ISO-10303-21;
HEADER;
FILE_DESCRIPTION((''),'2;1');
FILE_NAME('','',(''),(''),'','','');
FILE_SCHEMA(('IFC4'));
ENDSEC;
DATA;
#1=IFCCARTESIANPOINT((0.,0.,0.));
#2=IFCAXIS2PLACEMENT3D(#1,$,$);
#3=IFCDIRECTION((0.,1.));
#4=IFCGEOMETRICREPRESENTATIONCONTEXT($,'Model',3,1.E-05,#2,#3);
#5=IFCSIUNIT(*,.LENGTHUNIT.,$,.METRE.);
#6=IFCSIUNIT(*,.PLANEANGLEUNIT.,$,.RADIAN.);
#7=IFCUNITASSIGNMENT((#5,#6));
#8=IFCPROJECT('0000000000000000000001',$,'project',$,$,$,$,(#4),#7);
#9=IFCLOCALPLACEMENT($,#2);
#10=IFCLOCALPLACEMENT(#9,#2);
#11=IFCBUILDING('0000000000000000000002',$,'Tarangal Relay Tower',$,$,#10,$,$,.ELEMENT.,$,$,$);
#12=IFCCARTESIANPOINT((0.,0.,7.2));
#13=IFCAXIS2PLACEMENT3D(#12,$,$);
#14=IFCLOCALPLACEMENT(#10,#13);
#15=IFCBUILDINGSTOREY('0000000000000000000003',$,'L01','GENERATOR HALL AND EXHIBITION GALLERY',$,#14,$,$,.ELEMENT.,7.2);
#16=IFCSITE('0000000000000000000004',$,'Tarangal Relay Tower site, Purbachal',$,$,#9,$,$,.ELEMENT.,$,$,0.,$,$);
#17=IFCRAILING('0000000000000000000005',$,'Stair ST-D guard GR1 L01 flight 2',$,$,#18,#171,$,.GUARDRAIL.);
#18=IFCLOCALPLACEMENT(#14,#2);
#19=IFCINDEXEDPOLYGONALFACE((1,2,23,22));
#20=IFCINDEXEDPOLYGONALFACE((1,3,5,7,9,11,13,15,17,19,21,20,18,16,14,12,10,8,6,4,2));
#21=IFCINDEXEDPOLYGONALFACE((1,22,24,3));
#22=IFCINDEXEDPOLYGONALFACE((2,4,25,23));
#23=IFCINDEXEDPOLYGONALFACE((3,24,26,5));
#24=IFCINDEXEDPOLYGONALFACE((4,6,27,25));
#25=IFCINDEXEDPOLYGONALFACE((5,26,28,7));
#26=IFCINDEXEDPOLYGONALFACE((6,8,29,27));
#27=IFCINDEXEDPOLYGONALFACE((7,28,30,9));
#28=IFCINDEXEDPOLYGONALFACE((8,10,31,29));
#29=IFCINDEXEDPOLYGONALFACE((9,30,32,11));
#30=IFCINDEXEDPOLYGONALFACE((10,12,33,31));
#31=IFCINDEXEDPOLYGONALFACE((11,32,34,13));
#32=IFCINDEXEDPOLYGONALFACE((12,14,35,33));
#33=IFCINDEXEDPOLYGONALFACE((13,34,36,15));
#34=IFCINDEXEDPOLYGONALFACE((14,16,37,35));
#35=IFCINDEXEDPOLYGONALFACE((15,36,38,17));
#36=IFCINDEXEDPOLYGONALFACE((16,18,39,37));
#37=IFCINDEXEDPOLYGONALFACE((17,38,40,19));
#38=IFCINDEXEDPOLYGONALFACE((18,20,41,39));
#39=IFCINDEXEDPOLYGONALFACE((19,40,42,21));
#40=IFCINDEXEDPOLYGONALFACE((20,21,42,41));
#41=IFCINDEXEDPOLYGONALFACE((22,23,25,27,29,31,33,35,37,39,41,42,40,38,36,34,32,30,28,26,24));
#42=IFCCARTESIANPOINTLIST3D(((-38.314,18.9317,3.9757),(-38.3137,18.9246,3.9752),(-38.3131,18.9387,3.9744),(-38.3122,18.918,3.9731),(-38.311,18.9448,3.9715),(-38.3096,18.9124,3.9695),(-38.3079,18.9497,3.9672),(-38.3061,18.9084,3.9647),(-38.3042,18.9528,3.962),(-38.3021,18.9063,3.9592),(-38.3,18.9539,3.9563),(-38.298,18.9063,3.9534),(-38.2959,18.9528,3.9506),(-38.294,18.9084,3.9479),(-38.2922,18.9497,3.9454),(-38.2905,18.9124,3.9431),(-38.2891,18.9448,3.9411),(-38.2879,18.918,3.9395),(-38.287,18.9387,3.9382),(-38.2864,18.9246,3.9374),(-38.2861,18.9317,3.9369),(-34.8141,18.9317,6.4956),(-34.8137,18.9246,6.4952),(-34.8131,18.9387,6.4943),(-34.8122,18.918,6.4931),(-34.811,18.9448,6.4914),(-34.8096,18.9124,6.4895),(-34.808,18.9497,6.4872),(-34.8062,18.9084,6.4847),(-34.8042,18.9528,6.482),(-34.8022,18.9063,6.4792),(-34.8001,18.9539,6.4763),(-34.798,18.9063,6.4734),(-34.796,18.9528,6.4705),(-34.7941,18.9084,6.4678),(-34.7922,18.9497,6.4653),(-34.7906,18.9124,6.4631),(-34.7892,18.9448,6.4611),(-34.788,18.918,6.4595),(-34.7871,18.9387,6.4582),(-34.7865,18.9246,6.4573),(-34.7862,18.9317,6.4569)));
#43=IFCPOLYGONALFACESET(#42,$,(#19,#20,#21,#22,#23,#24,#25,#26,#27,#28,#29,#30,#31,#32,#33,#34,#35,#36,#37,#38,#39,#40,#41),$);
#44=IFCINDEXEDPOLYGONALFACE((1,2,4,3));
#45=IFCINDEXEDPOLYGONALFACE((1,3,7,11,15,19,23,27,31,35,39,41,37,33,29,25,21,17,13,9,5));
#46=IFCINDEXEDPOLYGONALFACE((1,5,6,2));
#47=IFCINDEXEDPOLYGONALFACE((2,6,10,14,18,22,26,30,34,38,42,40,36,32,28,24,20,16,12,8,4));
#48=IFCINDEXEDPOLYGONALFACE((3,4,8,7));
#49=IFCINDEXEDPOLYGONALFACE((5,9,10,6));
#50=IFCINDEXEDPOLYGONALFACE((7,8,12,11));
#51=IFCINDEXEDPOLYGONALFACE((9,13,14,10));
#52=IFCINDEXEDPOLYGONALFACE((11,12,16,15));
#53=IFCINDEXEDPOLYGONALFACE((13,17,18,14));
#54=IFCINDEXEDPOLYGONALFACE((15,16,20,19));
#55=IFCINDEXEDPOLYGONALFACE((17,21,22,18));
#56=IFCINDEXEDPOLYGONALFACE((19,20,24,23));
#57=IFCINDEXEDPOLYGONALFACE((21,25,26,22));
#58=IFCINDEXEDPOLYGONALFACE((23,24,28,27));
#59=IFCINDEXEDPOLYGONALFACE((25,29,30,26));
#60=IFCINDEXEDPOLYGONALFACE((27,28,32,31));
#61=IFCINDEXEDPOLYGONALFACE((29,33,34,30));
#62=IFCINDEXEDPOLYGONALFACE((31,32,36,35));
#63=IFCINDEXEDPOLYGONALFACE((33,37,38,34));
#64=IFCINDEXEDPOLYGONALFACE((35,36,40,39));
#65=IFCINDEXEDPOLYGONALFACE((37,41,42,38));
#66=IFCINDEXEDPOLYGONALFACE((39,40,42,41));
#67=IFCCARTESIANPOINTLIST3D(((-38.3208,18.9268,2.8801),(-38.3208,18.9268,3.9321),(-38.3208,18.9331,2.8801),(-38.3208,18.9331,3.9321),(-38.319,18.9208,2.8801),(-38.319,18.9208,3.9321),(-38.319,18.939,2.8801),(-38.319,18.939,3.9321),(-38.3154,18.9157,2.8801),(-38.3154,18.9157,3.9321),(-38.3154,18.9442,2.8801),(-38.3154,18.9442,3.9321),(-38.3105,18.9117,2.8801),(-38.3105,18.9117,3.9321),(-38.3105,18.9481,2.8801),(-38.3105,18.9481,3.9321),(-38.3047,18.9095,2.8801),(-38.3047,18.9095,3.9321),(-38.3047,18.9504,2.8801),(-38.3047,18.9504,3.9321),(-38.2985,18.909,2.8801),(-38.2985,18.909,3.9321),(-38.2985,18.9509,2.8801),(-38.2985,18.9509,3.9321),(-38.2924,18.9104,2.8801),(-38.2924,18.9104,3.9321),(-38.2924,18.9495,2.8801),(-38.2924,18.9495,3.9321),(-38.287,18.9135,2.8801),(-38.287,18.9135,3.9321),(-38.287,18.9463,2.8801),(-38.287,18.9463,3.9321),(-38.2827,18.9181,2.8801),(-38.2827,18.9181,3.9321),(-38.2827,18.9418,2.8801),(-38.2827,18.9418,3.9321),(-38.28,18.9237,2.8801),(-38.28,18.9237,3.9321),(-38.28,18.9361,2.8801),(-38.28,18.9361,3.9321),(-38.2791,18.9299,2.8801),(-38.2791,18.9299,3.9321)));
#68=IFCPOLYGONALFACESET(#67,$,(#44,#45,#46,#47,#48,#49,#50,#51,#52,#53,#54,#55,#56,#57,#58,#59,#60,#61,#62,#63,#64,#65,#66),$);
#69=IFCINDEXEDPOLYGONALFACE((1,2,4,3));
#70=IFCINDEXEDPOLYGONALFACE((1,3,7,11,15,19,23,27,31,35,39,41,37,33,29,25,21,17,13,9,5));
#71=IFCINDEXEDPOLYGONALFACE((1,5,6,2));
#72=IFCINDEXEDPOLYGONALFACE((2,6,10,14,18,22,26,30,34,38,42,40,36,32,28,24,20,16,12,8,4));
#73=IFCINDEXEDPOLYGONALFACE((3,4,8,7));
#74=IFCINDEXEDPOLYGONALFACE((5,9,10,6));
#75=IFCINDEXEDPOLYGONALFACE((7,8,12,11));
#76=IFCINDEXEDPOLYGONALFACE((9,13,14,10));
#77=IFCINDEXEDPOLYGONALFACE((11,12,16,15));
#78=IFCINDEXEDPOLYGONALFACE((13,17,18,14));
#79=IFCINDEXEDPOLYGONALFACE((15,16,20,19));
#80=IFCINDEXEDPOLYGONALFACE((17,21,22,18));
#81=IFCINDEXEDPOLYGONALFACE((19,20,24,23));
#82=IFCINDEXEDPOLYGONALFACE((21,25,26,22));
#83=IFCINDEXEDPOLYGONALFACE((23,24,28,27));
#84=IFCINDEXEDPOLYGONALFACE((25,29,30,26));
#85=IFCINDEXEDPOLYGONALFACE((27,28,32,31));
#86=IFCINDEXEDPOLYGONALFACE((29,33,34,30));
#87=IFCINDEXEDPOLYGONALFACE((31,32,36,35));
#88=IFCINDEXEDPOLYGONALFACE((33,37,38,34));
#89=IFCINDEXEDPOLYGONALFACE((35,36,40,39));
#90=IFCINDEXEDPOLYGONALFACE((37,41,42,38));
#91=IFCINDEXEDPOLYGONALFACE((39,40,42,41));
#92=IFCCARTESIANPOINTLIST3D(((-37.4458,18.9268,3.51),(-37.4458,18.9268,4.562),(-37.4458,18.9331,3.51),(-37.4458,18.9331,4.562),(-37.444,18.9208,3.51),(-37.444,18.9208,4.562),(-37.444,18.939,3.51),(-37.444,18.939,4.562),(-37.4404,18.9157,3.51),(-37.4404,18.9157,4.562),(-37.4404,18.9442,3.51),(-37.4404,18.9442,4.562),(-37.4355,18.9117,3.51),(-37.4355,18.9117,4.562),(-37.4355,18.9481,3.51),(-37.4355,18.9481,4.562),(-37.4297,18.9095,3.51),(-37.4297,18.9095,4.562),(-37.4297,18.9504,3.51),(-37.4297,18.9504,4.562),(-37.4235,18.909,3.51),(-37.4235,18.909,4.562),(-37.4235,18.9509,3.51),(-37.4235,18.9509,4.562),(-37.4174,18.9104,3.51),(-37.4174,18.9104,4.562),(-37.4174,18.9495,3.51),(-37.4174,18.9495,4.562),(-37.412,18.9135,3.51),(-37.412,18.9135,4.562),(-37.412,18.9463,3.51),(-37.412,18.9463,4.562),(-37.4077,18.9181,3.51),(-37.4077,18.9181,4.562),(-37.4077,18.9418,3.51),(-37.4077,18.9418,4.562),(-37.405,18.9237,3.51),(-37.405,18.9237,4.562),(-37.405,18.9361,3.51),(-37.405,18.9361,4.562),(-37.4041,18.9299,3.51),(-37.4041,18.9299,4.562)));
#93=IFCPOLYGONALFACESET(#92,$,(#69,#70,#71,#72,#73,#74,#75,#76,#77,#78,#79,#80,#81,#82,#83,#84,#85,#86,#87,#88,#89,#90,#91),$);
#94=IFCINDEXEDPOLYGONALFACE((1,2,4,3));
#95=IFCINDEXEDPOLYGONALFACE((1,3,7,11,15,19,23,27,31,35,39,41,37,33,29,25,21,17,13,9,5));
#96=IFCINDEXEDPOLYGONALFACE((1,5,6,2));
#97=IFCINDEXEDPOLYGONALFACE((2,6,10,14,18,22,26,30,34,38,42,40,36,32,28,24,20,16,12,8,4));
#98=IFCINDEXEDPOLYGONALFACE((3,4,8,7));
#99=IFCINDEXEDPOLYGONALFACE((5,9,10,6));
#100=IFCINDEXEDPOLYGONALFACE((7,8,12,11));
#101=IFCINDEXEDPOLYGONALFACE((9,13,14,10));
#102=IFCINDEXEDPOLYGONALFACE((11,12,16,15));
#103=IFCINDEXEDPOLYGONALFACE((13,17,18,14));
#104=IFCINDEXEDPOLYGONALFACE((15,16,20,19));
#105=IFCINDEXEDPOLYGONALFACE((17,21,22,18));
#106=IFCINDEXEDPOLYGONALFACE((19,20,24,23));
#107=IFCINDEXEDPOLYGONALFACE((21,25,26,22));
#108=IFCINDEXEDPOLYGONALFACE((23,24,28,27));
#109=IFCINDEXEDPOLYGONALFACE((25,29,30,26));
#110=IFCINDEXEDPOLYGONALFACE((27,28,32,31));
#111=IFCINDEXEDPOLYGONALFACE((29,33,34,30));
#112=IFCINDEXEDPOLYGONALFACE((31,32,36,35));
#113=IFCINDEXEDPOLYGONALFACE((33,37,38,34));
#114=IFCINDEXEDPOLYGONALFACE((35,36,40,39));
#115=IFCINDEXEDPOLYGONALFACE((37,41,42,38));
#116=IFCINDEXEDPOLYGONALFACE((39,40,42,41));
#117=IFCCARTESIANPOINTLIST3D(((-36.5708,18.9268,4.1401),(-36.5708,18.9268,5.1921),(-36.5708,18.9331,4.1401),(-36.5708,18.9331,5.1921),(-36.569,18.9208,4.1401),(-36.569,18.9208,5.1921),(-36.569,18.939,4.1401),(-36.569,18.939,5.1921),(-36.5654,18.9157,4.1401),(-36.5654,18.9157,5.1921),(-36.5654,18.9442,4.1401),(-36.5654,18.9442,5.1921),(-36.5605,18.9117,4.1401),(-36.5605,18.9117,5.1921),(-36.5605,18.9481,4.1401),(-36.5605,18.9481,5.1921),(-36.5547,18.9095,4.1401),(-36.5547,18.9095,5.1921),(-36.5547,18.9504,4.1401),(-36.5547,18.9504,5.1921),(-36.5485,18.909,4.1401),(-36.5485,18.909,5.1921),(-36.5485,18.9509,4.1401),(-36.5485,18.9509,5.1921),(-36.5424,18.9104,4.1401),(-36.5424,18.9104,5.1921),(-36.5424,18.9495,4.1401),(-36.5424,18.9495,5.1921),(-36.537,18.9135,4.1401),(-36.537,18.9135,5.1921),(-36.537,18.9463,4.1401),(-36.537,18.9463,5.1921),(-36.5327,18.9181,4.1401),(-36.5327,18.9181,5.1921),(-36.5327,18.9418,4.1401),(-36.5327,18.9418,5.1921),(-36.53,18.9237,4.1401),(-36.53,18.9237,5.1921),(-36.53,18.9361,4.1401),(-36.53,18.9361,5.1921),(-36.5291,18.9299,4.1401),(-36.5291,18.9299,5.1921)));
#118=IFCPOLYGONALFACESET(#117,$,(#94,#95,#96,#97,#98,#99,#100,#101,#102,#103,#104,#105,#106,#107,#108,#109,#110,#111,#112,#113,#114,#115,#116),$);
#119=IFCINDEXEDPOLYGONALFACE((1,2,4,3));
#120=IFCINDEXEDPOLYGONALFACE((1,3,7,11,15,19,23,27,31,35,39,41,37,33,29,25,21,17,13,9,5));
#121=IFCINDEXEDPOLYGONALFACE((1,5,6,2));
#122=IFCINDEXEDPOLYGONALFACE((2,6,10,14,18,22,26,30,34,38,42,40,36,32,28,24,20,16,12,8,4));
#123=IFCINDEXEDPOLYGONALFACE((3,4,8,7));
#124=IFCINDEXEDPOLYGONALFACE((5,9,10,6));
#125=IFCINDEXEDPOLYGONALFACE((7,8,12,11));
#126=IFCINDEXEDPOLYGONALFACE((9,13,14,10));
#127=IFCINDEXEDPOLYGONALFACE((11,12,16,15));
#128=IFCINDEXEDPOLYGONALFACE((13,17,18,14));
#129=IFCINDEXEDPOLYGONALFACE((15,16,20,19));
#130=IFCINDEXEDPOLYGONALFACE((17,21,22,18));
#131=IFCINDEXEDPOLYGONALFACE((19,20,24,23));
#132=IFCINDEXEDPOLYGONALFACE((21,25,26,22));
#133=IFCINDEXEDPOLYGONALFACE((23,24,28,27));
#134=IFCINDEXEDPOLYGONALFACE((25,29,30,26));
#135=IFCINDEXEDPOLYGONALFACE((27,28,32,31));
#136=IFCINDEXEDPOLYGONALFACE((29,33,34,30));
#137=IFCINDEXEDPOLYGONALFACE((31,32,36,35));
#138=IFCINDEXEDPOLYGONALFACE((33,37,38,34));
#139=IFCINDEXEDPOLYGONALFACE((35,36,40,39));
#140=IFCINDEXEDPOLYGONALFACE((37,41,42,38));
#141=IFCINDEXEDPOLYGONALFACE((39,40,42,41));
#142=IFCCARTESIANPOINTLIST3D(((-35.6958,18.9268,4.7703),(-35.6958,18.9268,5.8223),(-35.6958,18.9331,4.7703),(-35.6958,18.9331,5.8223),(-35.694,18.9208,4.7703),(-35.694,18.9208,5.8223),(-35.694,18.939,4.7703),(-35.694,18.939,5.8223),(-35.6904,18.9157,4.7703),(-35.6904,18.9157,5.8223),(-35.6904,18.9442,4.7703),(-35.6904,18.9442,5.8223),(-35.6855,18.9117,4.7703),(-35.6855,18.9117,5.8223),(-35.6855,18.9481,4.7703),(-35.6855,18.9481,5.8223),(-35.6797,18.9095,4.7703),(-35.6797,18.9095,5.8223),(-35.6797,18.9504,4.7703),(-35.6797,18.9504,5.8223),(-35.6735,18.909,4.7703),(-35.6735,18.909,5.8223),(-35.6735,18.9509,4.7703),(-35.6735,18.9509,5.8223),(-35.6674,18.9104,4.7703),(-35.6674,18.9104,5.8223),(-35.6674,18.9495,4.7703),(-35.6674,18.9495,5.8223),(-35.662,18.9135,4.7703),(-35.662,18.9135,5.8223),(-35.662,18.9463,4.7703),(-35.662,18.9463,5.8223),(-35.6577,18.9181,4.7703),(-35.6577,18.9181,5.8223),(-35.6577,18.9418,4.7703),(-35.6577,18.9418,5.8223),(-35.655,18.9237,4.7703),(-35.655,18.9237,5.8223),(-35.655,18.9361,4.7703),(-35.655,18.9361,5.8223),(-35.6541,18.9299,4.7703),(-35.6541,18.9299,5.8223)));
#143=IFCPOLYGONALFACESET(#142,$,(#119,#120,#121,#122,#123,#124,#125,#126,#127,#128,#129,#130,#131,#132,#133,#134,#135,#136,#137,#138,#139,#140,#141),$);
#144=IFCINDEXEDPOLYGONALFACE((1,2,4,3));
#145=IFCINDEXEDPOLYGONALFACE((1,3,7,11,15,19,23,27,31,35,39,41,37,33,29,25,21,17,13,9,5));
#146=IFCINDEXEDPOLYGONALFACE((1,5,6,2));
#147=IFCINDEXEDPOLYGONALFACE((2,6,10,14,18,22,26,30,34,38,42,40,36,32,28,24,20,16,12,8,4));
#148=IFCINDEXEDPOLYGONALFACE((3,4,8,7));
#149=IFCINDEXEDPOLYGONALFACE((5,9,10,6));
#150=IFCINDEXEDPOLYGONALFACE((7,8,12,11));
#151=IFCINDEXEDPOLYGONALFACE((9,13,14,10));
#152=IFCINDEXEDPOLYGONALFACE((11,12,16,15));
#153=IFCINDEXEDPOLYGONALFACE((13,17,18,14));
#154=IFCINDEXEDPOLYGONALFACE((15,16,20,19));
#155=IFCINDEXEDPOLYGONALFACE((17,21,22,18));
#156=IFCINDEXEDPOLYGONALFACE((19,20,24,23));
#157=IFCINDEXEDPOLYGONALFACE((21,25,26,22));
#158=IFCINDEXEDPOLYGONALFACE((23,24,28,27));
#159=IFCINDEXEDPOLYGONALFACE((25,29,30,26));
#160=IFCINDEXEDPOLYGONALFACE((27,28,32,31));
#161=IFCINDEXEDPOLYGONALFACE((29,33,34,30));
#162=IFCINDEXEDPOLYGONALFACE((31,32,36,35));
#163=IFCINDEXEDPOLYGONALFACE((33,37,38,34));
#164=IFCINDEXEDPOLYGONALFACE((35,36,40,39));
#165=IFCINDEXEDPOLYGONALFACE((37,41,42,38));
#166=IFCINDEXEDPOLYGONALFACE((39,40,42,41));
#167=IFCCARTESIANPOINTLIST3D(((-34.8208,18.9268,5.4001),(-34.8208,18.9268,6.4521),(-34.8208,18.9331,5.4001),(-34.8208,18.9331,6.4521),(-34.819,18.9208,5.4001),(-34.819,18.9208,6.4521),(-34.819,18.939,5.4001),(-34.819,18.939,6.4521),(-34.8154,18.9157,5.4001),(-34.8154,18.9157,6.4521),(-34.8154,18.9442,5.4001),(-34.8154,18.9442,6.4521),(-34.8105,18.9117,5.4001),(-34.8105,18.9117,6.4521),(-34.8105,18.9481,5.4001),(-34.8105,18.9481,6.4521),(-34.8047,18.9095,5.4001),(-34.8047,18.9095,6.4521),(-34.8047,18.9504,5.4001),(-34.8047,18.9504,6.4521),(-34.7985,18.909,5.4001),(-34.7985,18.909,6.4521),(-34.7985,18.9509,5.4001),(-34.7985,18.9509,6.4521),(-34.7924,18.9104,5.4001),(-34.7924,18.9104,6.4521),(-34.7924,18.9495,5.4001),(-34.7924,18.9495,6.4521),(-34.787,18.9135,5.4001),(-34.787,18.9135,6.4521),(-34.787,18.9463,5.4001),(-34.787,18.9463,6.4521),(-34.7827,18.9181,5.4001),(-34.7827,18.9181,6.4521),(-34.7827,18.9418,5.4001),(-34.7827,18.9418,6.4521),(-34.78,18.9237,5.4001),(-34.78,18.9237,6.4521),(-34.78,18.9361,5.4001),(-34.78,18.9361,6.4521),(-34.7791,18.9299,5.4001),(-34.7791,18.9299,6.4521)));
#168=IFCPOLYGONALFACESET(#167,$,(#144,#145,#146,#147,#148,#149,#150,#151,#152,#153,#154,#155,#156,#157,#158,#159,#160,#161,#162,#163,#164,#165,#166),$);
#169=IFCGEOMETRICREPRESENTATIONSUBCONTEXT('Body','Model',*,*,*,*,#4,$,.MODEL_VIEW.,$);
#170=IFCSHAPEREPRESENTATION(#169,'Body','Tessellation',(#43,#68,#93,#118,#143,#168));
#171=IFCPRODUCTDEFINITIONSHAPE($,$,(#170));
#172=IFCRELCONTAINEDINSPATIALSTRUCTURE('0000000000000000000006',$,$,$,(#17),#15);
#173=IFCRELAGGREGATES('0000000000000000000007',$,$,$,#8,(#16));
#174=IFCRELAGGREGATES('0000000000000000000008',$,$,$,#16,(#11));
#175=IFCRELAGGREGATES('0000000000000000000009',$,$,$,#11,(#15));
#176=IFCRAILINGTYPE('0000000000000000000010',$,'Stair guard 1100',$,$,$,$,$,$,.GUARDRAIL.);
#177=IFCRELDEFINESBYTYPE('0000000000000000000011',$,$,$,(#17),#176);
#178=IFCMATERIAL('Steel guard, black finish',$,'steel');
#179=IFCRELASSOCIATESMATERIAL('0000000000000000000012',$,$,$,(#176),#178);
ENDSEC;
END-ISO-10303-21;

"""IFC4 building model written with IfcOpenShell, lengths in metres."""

from ifc_helpers import new_model, si_unit, direction, frame, origin, origin_2d, place, context, subcontext, project, spatial, circle, extrude, material, type_object, element, save


model = new_model("IFC4")

# Units and contexts
model_context = context("Model", 3, precision=1e-05, world=origin(), true_north=direction((0.0, 1.0)))
body_context = subcontext(model_context, "Body", "Model", "MODEL_VIEW")
ifc_project = project(units=[si_unit("LENGTHUNIT", "METRE"), si_unit("PLANEANGLEUNIT", "RADIAN")], contexts=[model_context])

# Site, building, storey
site_placement = place(None, origin())
site = spatial("IfcSite", under=ifc_project, at=site_placement, Name="Tarangal Relay Tower site, Purbachal", CompositionType="ELEMENT", RefElevation=0.0)
building_placement = place(site_placement, origin())
building = spatial("IfcBuilding", under=site, at=building_placement, Name="Tarangal Relay Tower", CompositionType="ELEMENT")
storey_placement = place(building_placement, frame((0.0, 0.0, 7.2)))
storey = spatial("IfcBuildingStorey", under=building, at=storey_placement, Name="L01", Description="GENERATOR HALL AND EXHIBITION GALLERY", CompositionType="ELEMENT", Elevation=7.2)

# Railing
ifc_material_1 = material(Name="Steel guard, black finish", Category="steel")
railing_type_1 = type_object("IfcRailingType", Name="Stair guard 1100", PredefinedType="GUARDRAIL", material=ifc_material_1)
railing_1_placement = place(storey_placement, frame((-38.3, 18.9299, 2.8801)))
element("IfcRailing", 1, at=railing_1_placement, inside=storey, type_object=railing_type_1, Name="Stair ST-D guard GR1 L01 flight 2", PredefinedType="GUARDRAIL", context=body_context, shape_type="SweptSolid", body=[
    extrude(circle(Radius=0.0239, at=origin_2d()), frame((0.0, 0.0, 1.0762), z_axis=(0.811532, 0.0, 0.584308), x_axis=(0.0, 1.0, 0.0)), (0.0, 0.0, 1.0), 4.3127),
    extrude(circle(Radius=0.021, at=origin_2d()), origin(), (0.0, 0.0, 1.0), 1.052),
    extrude(circle(Radius=0.021, at=origin_2d()), frame((0.875, 0.0, 0.6299)), (0.0, 0.0, 1.0), 1.052),
    extrude(circle(Radius=0.021, at=origin_2d()), frame((1.75, 0.0, 1.26)), (0.0, 0.0, 1.0), 1.052),
    extrude(circle(Radius=0.021, at=origin_2d()), frame((2.625, 0.0, 1.8901)), (0.0, 0.0, 1.0), 1.052),
    extrude(circle(Radius=0.021, at=origin_2d()), frame((3.5, 0.0, 2.52)), (0.0, 0.0, 1.0), 1.052),
])

save(model, "model.ifc")
